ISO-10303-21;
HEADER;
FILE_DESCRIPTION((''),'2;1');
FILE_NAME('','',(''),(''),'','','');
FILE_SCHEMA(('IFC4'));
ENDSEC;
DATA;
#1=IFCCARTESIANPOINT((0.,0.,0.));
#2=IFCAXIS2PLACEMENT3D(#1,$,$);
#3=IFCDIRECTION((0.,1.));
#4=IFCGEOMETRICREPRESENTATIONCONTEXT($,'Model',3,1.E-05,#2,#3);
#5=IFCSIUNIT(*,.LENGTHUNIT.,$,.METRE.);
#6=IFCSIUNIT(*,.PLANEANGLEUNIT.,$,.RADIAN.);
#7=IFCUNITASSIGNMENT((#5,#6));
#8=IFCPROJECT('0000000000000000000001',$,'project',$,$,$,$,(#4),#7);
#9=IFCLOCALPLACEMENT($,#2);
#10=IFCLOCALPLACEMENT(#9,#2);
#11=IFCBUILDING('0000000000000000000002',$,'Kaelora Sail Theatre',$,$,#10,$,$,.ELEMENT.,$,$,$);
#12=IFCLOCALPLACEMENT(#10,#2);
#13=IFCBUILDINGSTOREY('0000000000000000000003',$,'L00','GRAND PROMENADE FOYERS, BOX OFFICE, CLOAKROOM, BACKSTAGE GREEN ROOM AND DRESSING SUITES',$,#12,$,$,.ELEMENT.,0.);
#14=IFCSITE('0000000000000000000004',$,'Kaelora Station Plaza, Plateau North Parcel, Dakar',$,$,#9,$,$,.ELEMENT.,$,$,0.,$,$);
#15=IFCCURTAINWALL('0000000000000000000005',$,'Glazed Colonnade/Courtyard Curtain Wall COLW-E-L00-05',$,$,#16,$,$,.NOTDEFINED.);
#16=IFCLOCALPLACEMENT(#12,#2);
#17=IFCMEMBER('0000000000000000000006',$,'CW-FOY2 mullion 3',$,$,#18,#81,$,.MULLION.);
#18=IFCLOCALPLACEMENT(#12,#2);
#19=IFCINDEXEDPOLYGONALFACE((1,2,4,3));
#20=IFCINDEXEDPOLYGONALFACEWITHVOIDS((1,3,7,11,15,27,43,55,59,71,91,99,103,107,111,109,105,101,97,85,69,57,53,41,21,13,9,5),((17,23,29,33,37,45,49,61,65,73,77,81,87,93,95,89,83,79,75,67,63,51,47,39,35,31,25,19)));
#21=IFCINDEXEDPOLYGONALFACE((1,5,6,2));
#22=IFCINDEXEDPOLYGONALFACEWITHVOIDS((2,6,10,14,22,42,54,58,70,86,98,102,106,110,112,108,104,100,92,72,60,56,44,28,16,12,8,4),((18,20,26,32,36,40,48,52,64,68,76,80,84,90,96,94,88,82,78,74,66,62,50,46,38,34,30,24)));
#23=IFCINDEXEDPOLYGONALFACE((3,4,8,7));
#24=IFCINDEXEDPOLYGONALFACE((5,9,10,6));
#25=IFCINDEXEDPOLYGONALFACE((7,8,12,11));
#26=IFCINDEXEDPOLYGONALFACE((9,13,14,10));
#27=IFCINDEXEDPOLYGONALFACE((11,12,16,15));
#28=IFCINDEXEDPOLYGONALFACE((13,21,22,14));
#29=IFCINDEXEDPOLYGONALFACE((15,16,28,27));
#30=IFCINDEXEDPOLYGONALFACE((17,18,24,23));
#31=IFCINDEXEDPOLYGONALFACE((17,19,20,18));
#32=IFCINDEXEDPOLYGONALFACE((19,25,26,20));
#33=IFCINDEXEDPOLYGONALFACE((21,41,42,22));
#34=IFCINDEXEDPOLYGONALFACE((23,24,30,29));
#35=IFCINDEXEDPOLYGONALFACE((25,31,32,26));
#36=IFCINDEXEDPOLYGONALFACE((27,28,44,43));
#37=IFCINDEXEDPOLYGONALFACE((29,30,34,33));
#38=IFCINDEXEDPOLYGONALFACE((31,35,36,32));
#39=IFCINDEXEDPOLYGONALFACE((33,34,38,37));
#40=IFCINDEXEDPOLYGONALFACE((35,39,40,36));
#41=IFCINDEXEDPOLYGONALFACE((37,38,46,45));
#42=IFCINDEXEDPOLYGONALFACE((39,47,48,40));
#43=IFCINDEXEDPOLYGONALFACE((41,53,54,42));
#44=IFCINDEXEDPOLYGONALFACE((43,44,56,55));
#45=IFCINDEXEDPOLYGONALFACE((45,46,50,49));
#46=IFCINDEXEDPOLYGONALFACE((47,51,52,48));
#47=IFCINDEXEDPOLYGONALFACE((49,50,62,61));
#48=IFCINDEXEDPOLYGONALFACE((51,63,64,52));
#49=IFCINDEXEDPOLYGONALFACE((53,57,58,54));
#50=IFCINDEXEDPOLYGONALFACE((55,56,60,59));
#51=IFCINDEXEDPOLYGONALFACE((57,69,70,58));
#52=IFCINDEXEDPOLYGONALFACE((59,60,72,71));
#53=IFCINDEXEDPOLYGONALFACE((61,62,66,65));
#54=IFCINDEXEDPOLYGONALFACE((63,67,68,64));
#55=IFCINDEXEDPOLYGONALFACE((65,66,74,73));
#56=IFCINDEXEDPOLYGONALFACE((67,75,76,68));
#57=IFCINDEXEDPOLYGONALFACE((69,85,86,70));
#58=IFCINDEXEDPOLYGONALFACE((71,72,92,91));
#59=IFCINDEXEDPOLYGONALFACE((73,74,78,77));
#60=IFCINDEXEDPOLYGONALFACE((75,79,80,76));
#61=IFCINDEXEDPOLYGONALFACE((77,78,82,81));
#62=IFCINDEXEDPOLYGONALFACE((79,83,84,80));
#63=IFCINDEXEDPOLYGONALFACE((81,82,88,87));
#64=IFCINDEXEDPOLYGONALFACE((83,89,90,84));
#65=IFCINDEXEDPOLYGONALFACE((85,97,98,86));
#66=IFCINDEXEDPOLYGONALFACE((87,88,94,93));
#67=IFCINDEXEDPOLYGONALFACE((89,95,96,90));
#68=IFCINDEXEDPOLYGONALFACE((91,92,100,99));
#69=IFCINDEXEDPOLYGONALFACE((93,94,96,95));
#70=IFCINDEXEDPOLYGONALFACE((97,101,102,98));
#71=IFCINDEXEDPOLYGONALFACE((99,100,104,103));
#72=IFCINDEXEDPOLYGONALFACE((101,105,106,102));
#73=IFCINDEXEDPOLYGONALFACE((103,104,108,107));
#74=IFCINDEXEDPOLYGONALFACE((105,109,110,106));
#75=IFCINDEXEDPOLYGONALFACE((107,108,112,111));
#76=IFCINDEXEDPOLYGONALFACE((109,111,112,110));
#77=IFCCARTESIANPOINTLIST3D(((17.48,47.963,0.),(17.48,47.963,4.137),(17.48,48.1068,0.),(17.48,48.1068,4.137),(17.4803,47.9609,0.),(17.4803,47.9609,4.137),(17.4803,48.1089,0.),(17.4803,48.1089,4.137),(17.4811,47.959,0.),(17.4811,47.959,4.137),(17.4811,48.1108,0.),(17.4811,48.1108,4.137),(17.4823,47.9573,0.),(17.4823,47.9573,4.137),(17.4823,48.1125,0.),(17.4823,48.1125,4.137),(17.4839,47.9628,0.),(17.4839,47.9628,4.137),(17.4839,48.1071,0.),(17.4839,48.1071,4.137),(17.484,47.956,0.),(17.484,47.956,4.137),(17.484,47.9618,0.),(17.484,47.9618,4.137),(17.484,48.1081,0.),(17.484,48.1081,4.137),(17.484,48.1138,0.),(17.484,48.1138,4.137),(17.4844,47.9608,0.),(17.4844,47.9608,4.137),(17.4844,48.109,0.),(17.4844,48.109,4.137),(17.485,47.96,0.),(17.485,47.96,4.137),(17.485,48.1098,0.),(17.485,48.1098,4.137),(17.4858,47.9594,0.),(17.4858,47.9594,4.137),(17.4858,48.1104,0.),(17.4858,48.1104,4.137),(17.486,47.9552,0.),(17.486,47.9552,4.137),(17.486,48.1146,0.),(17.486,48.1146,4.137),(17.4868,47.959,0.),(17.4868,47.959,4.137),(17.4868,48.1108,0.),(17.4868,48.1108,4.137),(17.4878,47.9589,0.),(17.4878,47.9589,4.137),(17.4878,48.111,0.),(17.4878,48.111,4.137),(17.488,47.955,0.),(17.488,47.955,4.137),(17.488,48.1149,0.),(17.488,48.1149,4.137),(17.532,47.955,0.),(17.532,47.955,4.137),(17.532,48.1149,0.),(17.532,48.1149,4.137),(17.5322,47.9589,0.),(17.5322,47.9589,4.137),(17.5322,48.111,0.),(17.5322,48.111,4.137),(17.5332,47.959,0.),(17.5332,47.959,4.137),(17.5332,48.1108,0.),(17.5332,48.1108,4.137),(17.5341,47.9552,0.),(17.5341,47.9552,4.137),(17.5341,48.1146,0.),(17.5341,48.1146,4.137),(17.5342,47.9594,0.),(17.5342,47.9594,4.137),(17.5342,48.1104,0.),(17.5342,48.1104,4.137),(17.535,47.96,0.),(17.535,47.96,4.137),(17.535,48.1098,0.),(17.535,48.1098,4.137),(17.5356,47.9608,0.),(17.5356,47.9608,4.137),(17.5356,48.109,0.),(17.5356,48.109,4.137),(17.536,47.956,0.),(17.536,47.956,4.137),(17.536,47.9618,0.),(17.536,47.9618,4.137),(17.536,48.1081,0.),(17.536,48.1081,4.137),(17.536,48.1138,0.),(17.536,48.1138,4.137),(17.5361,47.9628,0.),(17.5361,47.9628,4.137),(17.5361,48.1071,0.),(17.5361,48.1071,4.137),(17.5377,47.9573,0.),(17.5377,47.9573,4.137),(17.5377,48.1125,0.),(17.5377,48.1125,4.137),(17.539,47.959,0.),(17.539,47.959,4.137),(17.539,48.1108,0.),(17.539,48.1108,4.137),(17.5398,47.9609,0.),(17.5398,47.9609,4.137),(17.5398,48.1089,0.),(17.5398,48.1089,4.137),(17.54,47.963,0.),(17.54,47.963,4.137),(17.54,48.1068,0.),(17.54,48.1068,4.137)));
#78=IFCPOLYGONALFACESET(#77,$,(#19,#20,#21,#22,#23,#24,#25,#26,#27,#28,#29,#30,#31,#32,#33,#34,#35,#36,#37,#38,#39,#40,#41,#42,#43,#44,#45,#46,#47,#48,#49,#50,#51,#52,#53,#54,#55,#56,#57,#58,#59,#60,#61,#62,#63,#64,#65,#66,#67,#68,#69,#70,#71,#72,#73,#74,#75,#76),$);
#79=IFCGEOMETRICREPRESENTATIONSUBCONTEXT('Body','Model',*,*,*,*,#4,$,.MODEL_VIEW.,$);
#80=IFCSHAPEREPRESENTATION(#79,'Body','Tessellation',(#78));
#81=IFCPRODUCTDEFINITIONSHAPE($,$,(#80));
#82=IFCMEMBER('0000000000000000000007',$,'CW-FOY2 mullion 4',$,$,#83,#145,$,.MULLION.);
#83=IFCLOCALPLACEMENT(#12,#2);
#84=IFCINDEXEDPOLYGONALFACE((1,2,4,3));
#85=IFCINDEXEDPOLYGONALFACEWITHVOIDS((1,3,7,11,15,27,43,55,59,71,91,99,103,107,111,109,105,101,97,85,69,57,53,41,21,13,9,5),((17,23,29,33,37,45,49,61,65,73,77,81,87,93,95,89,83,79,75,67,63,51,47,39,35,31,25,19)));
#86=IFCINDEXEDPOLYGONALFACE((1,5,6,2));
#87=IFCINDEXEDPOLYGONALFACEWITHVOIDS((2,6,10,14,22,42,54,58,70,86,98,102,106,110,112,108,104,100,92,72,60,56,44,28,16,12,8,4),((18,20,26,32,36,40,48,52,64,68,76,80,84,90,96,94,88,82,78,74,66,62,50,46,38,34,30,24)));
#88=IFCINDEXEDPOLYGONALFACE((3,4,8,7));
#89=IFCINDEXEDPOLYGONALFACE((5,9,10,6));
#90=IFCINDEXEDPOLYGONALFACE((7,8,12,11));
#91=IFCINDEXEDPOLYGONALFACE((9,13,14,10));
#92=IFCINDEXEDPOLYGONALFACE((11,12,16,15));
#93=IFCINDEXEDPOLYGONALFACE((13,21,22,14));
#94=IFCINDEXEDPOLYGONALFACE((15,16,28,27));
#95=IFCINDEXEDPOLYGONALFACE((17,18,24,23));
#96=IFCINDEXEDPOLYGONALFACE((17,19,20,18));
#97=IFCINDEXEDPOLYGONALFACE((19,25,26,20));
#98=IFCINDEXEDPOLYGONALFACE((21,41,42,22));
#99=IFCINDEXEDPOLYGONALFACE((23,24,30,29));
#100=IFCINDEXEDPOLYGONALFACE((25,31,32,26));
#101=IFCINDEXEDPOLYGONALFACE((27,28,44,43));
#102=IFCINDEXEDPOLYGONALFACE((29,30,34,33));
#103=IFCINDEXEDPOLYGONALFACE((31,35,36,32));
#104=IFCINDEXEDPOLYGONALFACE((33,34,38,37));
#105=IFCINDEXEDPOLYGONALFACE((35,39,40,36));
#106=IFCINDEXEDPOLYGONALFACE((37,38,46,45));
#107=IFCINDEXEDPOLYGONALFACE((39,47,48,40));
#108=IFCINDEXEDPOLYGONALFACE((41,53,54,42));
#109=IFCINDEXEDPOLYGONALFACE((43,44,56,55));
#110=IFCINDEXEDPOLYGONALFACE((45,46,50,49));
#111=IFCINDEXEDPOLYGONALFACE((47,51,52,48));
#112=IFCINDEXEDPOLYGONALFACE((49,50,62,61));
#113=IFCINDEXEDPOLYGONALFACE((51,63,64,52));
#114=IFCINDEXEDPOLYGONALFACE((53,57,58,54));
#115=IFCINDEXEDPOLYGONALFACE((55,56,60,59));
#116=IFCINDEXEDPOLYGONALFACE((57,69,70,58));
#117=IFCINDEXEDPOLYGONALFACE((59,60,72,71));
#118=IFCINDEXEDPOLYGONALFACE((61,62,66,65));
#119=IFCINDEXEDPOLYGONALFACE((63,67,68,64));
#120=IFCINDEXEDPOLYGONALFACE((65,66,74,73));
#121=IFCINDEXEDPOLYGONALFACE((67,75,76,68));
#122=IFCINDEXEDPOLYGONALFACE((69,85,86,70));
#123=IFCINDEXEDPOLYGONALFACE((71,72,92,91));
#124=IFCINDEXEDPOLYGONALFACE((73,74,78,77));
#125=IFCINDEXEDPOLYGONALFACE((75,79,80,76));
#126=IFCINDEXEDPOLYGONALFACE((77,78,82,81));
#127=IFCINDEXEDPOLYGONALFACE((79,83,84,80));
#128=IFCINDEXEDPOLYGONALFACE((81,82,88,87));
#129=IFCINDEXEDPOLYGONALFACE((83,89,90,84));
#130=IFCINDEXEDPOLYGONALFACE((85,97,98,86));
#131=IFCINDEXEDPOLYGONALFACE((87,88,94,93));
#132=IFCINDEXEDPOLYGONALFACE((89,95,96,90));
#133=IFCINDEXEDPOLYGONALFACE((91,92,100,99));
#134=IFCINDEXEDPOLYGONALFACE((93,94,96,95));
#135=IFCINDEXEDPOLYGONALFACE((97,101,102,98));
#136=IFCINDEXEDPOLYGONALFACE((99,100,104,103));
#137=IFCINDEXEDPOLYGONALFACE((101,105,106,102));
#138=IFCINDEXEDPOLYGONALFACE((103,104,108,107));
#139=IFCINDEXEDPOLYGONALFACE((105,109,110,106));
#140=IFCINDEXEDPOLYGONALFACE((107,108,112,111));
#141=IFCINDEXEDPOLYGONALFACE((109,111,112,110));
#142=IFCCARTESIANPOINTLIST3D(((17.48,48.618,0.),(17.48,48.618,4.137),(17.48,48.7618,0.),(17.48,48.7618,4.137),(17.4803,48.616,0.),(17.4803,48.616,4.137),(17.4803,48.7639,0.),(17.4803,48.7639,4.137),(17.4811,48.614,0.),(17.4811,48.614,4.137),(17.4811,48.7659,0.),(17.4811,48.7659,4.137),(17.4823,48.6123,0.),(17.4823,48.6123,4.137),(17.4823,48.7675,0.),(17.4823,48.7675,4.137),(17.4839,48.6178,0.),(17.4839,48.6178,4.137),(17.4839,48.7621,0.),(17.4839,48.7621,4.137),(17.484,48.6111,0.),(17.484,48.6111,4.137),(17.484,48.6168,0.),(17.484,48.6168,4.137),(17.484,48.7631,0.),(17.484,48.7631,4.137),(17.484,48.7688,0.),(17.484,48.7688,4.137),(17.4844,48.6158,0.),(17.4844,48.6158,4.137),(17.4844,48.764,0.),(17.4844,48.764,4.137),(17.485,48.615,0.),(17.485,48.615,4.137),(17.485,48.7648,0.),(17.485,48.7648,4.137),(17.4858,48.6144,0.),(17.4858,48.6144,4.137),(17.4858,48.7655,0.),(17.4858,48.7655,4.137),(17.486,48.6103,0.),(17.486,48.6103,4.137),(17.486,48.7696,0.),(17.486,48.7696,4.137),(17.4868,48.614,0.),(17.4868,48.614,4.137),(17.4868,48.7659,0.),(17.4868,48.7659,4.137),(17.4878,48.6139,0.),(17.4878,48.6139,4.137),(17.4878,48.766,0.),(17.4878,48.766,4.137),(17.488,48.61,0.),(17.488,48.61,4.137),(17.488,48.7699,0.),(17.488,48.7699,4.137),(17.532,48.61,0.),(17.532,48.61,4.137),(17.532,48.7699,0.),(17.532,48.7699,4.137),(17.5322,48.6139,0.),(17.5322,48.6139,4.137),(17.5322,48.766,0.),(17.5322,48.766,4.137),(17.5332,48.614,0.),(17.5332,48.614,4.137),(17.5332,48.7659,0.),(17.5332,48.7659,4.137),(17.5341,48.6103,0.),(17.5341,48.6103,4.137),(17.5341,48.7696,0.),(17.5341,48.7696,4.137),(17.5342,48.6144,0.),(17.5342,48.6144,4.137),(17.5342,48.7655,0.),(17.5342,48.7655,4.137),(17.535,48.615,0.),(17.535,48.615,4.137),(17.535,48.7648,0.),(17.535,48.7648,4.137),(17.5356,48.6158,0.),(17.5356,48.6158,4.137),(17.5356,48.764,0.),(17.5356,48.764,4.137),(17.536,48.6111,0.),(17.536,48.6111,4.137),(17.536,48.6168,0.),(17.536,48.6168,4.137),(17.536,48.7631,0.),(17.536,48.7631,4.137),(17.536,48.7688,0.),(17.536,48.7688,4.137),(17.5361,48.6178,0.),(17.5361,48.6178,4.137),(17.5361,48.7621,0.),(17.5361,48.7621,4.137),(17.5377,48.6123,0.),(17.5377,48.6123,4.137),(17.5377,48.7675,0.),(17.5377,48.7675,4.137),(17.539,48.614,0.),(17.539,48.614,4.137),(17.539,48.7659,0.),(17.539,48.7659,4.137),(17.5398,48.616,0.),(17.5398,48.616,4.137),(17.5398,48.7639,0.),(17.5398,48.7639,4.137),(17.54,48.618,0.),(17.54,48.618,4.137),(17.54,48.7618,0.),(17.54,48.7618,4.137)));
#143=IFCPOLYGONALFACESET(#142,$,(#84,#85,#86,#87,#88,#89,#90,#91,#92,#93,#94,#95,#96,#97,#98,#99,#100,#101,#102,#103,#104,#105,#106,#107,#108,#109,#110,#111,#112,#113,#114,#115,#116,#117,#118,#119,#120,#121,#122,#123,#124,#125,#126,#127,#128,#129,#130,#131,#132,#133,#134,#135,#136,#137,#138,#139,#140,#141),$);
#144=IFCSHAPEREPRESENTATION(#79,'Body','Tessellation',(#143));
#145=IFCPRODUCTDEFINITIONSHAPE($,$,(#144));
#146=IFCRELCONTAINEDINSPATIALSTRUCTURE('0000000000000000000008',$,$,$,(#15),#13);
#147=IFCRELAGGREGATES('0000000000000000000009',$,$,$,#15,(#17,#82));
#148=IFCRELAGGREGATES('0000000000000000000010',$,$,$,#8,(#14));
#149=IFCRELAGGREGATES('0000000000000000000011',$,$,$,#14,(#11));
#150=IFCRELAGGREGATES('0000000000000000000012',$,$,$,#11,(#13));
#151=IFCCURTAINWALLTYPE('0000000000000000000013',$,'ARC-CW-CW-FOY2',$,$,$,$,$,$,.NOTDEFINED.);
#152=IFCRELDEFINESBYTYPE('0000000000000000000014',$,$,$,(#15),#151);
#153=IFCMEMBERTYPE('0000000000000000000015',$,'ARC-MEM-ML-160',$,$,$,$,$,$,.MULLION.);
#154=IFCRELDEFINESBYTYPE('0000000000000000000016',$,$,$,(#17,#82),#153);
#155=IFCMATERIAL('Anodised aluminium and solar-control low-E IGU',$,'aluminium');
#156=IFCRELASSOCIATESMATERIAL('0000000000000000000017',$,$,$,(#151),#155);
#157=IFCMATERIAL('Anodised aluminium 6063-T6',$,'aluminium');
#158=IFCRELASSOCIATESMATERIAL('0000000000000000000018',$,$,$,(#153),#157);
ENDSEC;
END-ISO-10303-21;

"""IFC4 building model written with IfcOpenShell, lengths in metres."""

from ifc_helpers import new_model, si_unit, direction, frame, origin, origin_2d, place, context, subcontext, project, spatial, hollow_rectangle, extrude, material, material_profile, profile_set, type_object, element, aggregate, save


model = new_model("IFC4")

# Units and contexts
model_context = context("Model", 3, precision=1e-05, world=origin(), true_north=direction((0.0, 1.0)))
body_context = subcontext(model_context, "Body", "Model", "MODEL_VIEW")
ifc_project = project(units=[si_unit("LENGTHUNIT", "METRE"), si_unit("PLANEANGLEUNIT", "RADIAN")], contexts=[model_context])

# Site, building, storey
site_placement = place(None, origin())
site = spatial("IfcSite", under=ifc_project, at=site_placement, Name="Kaelora Station Plaza, Plateau North Parcel, Dakar", CompositionType="ELEMENT", RefElevation=0.0)
building_placement = place(site_placement, origin())
building = spatial("IfcBuilding", under=site, at=building_placement, Name="Kaelora Sail Theatre", CompositionType="ELEMENT")
storey_placement = place(building_placement, origin())
storey = spatial("IfcBuildingStorey", under=building, at=storey_placement, Name="L00", Description="GRAND PROMENADE FOYERS, BOX OFFICE, CLOAKROOM, BACKSTAGE GREEN ROOM AND DRESSING SUITES", CompositionType="ELEMENT", Elevation=0.0)

# Curtain wall, members
ifc_material_1 = material(Name="Anodised aluminium and solar-control low-E IGU", Category="aluminium")
curtain_wall_type = type_object("IfcCurtainWallType", Name="ARC-CW-CW-FOY2", PredefinedType="NOTDEFINED", material=ifc_material_1)
curtain_wall_placement = place(storey_placement, origin())
curtain_wall = element("IfcCurtainWall", 1, at=curtain_wall_placement, inside=storey, type_object=curtain_wall_type, Name="Glazed Colonnade/Courtyard Curtain Wall COLW-E-L00-05", PredefinedType="NOTDEFINED")
ifc_material_2 = material(Name="Anodised aluminium 6063-T6", Category="aluminium")
ifc_material_profile_1 = material_profile(ifc_material_2, hollow_rectangle(XDim=0.0601, YDim=0.1599, WallThickness=0.0039, InnerFilletRadius=0.0039, OuterFilletRadius=0.0081, at=origin_2d()), Name="ALU-MULL 60x160x4")
ifc_profile_set_1 = profile_set([ifc_material_profile_1], Name="Anodised aluminium 6063-T6")
member_type_1 = type_object("IfcMemberType", Name="ARC-MEM-ML-160", PredefinedType="MULLION", material=ifc_profile_set_1)
member_1_placement = place(storey_placement, frame((17.51, 48.0349, 0.0), z_axis=(0.0, 0.0, 1.0), x_axis=(-1.0, 0.0, 0.0)))
member_1 = element("IfcMember", 2, at=member_1_placement, type_object=member_type_1, Name="CW-FOY2 mullion 3", PredefinedType="MULLION", context=body_context, shape_type="SweptSolid", body=[
    extrude(hollow_rectangle(XDim=0.0601, YDim=0.1599, WallThickness=0.0039, InnerFilletRadius=0.0039, OuterFilletRadius=0.0081, at=origin_2d()), origin(), (0.0, 0.0, 1.0), 4.137),
])
member_2_placement = place(storey_placement, frame((17.51, 48.6899, 0.0), z_axis=(0.0, 0.0, 1.0), x_axis=(-1.0, 0.0, 0.0)))
member_2 = element("IfcMember", 3, at=member_2_placement, type_object=member_type_1, Name="CW-FOY2 mullion 4", PredefinedType="MULLION", context=body_context, shape_type="SweptSolid", body=[
    extrude(hollow_rectangle(XDim=0.0601, YDim=0.1599, WallThickness=0.0039, InnerFilletRadius=0.0039, OuterFilletRadius=0.0081, at=origin_2d()), origin(), (0.0, 0.0, 1.0), 4.137),
])
aggregate(curtain_wall, [member_1, member_2])

save(model, "model.ifc")
